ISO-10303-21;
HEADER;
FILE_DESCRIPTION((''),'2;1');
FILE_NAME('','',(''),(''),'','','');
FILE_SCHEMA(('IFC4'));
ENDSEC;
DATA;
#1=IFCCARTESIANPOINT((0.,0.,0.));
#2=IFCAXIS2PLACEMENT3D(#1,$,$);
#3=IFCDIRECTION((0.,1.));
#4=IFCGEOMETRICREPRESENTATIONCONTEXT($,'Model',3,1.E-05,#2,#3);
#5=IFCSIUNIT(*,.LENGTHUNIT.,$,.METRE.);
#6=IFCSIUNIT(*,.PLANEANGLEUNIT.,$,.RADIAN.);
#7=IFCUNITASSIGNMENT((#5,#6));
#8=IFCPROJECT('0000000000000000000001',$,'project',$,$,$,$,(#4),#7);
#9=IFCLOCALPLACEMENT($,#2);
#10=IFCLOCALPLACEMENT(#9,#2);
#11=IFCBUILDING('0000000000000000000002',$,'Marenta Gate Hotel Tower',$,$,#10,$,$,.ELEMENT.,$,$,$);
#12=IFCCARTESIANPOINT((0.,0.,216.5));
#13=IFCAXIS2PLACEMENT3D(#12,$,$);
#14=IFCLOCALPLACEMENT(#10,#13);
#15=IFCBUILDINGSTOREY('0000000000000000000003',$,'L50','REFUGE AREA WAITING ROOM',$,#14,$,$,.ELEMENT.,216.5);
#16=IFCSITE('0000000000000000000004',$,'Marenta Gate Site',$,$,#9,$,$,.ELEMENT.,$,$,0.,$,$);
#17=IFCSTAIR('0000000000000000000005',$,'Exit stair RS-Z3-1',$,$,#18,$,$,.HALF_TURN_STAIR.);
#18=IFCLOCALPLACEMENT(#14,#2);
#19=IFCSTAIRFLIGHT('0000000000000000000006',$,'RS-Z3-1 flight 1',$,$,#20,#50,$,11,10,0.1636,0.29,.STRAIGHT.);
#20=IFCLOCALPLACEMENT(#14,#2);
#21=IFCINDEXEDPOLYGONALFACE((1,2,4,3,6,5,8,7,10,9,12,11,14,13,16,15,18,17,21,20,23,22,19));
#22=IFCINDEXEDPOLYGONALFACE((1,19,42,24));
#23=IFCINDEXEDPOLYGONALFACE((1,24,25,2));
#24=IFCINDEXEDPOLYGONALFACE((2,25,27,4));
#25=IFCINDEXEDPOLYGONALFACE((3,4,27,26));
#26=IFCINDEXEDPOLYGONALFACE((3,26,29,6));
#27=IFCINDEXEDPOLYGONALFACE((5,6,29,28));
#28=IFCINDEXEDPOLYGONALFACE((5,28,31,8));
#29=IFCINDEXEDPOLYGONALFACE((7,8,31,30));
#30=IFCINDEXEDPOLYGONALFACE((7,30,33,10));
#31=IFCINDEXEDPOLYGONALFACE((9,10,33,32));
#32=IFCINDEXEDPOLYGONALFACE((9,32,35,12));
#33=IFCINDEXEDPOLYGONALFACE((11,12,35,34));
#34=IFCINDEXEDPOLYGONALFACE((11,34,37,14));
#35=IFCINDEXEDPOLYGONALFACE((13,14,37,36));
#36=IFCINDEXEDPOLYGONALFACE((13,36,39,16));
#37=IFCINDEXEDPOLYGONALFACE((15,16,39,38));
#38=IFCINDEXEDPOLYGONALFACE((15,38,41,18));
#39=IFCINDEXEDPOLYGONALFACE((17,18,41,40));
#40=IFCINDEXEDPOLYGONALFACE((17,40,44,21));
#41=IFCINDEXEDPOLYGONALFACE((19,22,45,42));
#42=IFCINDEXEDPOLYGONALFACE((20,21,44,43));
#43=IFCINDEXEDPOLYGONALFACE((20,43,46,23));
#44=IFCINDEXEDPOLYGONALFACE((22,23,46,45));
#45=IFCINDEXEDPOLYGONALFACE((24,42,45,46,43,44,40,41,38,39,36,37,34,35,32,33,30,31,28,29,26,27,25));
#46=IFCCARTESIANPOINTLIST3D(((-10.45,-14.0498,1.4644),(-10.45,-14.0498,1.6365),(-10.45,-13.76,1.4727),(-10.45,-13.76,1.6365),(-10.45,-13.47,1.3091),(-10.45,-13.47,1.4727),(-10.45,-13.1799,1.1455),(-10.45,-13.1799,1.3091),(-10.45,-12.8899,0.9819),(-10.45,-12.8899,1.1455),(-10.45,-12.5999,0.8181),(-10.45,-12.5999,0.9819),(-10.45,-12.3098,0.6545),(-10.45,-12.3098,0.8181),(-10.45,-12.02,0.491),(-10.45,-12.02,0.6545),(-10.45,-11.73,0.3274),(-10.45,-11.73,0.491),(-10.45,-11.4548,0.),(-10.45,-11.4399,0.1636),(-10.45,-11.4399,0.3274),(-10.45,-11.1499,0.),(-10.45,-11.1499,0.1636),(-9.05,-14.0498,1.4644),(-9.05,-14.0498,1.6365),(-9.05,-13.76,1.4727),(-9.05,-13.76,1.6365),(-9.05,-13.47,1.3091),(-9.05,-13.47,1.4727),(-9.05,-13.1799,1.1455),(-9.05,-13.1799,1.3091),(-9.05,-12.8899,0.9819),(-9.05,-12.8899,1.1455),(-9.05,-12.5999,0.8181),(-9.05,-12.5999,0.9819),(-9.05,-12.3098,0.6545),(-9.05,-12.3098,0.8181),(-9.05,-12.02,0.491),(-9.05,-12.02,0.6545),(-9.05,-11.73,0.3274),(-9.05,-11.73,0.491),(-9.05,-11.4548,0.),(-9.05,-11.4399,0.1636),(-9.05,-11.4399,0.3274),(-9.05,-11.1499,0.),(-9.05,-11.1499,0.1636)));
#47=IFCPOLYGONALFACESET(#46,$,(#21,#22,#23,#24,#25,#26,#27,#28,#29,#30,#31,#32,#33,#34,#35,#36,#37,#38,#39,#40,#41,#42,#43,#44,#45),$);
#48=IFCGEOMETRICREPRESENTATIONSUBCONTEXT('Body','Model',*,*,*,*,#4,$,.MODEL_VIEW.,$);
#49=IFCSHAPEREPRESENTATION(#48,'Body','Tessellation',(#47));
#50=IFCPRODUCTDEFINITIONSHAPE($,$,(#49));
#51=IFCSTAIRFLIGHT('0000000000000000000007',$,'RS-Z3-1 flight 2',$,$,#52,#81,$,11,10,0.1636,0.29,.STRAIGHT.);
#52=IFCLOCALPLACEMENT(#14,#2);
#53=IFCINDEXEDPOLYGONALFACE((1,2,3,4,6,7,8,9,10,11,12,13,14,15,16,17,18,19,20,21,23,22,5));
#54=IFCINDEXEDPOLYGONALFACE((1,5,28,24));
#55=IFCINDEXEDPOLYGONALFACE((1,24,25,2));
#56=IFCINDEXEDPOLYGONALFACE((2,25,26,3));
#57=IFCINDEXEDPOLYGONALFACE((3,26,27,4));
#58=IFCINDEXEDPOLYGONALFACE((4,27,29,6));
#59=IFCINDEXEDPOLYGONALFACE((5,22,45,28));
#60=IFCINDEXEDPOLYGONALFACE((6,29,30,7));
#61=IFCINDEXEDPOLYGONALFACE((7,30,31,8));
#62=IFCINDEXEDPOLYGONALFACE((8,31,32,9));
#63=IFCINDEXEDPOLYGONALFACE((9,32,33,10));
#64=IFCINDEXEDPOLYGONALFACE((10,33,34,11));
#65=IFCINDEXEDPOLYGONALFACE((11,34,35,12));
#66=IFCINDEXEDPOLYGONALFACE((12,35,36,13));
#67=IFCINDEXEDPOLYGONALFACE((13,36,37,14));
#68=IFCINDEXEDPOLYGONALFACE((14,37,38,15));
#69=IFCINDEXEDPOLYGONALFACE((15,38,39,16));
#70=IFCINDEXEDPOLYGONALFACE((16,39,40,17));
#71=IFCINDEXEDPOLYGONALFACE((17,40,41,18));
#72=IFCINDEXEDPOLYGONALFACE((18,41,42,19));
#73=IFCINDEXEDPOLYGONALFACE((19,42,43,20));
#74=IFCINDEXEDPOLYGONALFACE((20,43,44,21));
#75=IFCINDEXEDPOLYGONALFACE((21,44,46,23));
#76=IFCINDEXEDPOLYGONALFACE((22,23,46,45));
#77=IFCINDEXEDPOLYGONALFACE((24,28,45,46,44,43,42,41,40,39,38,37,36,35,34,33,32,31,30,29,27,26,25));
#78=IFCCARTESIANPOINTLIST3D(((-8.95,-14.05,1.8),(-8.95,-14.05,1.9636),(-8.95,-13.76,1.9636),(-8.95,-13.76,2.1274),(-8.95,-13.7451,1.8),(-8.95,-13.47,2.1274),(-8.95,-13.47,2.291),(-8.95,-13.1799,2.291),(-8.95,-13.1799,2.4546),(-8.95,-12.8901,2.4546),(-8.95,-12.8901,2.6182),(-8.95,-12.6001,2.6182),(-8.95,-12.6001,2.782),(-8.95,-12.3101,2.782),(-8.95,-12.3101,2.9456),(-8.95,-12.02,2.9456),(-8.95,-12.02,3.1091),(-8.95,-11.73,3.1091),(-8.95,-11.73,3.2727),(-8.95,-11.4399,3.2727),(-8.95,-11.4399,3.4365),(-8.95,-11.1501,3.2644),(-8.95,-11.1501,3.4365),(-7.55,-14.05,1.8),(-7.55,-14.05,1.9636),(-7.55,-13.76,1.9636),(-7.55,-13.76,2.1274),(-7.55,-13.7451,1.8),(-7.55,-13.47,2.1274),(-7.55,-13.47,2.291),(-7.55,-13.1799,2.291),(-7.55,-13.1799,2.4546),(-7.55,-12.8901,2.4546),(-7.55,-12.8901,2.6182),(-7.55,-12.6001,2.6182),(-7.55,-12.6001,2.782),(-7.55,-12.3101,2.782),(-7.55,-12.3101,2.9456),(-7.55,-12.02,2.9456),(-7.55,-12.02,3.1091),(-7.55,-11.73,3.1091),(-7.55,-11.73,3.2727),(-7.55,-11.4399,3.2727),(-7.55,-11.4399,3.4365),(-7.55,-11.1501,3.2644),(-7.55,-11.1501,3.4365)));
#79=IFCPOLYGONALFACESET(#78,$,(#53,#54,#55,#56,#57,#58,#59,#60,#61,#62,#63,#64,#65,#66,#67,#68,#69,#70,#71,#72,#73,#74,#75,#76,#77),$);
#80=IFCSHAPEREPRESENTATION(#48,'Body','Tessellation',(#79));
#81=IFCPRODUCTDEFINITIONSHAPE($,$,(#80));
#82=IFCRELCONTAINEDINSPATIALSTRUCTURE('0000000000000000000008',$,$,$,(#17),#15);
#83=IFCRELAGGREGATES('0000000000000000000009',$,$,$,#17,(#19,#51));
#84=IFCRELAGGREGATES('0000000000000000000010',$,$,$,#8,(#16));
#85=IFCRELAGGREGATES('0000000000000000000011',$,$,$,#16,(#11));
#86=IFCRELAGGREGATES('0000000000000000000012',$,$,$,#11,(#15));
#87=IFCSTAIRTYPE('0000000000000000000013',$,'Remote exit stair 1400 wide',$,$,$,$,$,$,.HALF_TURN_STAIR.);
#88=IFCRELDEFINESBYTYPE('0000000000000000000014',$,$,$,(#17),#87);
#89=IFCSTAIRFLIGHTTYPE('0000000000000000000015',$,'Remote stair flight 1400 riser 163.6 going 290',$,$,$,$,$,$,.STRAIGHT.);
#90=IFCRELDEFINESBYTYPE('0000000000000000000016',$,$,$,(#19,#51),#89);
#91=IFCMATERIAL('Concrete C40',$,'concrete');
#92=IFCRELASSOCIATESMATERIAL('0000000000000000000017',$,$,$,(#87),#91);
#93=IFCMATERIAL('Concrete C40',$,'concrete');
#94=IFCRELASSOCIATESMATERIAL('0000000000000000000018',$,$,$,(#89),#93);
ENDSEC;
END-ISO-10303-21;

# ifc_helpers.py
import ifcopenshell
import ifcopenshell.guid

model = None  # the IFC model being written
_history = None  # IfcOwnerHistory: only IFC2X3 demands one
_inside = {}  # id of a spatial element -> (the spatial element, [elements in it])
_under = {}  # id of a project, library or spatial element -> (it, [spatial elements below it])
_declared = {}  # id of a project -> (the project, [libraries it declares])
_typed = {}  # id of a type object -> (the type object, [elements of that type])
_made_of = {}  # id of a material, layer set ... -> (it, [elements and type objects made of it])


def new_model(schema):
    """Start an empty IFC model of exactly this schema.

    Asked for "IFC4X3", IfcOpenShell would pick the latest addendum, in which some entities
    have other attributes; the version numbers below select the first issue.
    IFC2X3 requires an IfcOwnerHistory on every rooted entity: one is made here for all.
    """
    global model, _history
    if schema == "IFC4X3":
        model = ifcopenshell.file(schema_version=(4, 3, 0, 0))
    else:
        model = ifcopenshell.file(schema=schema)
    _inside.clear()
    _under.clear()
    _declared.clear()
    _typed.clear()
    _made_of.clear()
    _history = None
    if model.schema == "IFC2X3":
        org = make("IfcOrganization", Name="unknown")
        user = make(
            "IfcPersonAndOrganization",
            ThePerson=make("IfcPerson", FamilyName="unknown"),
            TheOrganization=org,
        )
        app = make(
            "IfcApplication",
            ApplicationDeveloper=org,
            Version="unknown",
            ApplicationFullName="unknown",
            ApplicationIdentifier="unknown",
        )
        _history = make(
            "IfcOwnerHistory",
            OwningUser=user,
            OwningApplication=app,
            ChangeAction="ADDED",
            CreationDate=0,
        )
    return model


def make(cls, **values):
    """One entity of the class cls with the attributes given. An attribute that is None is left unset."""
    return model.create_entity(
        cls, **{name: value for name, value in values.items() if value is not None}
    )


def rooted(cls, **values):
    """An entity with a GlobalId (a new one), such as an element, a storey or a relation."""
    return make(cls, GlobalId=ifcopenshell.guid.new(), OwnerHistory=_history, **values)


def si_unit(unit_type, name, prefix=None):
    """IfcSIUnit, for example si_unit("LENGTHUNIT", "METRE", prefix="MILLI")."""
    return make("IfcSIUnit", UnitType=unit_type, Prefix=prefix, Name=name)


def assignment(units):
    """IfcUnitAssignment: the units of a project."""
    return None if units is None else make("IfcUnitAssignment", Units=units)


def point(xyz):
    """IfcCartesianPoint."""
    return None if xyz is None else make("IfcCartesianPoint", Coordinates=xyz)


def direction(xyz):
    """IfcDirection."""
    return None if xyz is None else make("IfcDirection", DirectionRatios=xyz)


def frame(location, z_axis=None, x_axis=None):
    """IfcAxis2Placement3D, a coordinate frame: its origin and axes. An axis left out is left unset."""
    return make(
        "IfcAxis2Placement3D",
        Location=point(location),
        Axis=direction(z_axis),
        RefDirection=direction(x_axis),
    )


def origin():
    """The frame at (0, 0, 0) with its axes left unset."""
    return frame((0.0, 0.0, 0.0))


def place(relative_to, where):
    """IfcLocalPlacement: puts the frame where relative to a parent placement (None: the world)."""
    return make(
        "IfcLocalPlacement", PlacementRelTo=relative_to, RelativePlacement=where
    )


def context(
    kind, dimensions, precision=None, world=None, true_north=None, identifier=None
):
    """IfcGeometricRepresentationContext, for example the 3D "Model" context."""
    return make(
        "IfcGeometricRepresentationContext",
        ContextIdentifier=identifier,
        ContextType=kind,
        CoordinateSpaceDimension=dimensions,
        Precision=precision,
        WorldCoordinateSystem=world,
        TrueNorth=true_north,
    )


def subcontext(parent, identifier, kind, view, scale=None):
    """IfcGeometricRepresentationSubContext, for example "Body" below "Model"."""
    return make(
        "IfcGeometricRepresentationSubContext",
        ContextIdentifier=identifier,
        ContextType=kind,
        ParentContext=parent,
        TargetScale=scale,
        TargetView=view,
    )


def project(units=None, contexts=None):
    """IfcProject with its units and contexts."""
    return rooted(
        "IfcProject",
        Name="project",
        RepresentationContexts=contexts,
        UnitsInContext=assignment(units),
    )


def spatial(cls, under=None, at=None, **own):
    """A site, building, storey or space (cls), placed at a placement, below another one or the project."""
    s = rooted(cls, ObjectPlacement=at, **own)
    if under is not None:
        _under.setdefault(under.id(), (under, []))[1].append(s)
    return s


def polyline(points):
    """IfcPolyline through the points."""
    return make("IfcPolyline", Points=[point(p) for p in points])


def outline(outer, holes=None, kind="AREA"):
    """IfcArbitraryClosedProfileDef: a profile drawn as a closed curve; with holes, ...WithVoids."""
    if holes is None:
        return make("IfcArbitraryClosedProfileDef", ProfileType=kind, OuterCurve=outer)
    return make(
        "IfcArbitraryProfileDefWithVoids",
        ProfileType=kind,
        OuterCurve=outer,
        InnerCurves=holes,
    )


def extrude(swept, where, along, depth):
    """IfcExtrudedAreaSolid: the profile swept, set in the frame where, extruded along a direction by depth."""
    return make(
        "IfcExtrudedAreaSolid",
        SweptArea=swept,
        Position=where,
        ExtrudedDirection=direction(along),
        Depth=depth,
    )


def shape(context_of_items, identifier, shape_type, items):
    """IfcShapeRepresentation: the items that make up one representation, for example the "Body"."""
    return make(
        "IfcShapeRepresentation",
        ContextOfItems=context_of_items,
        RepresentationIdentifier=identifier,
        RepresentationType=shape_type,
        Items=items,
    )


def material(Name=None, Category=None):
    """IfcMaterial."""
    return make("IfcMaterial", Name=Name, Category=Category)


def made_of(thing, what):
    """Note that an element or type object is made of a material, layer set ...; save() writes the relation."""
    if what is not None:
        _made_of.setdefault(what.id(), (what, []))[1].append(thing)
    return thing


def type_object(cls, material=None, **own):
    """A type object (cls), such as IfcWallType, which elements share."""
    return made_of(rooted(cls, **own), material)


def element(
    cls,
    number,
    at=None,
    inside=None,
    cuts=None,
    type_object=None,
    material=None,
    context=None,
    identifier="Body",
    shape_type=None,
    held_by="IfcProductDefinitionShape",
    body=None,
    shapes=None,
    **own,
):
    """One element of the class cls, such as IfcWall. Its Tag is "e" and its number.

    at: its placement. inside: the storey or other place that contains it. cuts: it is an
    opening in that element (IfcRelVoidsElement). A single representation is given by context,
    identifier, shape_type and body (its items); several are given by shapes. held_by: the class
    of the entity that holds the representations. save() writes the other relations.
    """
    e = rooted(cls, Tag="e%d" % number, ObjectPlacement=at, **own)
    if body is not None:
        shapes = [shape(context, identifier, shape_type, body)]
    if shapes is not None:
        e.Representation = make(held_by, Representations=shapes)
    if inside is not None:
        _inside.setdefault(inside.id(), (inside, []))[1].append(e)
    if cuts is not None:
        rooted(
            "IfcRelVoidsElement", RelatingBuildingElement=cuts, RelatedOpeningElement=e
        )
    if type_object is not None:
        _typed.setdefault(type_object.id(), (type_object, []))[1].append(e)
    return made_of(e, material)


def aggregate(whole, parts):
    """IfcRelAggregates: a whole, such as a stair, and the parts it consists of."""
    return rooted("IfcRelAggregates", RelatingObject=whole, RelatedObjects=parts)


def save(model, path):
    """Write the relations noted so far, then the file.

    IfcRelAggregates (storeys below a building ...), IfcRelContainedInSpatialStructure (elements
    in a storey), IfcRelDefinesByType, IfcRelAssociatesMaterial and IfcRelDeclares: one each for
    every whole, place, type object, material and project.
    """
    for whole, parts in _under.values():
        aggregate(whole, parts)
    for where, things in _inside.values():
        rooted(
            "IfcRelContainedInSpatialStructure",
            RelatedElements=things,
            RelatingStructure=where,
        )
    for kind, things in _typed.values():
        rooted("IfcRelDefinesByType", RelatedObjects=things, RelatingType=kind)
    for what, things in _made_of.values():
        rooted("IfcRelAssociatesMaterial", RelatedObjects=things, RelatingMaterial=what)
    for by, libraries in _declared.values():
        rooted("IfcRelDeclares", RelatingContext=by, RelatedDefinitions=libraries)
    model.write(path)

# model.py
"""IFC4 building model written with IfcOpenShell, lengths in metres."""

from ifc_helpers import new_model, si_unit, direction, frame, origin, place, context, subcontext, project, spatial, polyline, outline, extrude, material, type_object, element, aggregate, save


model = new_model("IFC4")

# Units and contexts
model_context = context("Model", 3, precision=1e-05, world=origin(), true_north=direction((0.0, 1.0)))
body_context = subcontext(model_context, "Body", "Model", "MODEL_VIEW")
ifc_project = project(units=[si_unit("LENGTHUNIT", "METRE"), si_unit("PLANEANGLEUNIT", "RADIAN")], contexts=[model_context])

# Site, building, storey
site_placement = place(None, origin())
site = spatial("IfcSite", under=ifc_project, at=site_placement, Name="Marenta Gate Site", CompositionType="ELEMENT", RefElevation=0.0)
building_placement = place(site_placement, origin())
building = spatial("IfcBuilding", under=site, at=building_placement, Name="Marenta Gate Hotel Tower", CompositionType="ELEMENT")
storey_placement = place(building_placement, frame((0.0, 0.0, 216.5)))
storey = spatial("IfcBuildingStorey", under=building, at=storey_placement, Name="L50", Description="REFUGE AREA WAITING ROOM", CompositionType="ELEMENT", Elevation=216.5)

# Stair, stair flights
ifc_material_1 = material(Name="Concrete C40", Category="concrete")
stair_type = type_object("IfcStairType", Name="Remote exit stair 1400 wide", PredefinedType="HALF_TURN_STAIR", material=ifc_material_1)
stair_placement = place(storey_placement, origin())
stair = element("IfcStair", 1, at=stair_placement, inside=storey, type_object=stair_type, Name="Exit stair RS-Z3-1", PredefinedType="HALF_TURN_STAIR")
ifc_material_2 = material(Name="Concrete C40", Category="concrete")
stair_flight_type = type_object("IfcStairFlightType", Name="Remote stair flight 1400 riser 163.6 going 290", PredefinedType="STRAIGHT", material=ifc_material_2)
stair_flight_1_placement = place(storey_placement, frame((-9.75, -11.1499, 0.0), z_axis=(0.0, 0.0, 1.0), x_axis=(0.0, -1.0, 0.0)))
stair_flight_1 = element("IfcStairFlight", 2, at=stair_flight_1_placement, type_object=stair_flight_type, Name="RS-Z3-1 flight 1", NumberOfRisers=11, NumberOfTreads=10, PredefinedType="STRAIGHT", RiserHeight=0.1636, TreadLength=0.29, context=body_context, shape_type="SweptSolid", body=[
    extrude(outline(polyline([(0.0, 0.0), (0.0, 0.1636), (0.29, 0.1636), (0.29, 0.3274), (0.5801, 0.3274), (0.5801, 0.491), (0.8701, 0.491), (0.8701, 0.6545), (1.1599, 0.6545), (1.1599, 0.8181), (1.45, 0.8181), (1.45, 0.9819), (1.74, 0.9819), (1.74, 1.1455), (2.03, 1.1455), (2.03, 1.3091), (2.3201, 1.3091), (2.3201, 1.4727), (2.6101, 1.4727), (2.6101, 1.6365), (2.8999, 1.6365), (2.8999, 1.8), (2.8999, 1.4644), (0.3049, 0.0), (0.0, 0.0)])), frame((0.0, 0.7, 0.0), z_axis=(0.0, -1.0, 0.0), x_axis=(1.0, 0.0, 0.0)), (0.0, 0.0, 1.0), 1.3999),
])
stair_flight_2_placement = place(storey_placement, frame((-8.25, -14.05, 1.8), z_axis=(0.0, 0.0, 1.0), x_axis=(0.0, 1.0, 0.0)))
stair_flight_2 = element("IfcStairFlight", 3, at=stair_flight_2_placement, type_object=stair_flight_type, Name="RS-Z3-1 flight 2", NumberOfRisers=11, NumberOfTreads=10, PredefinedType="STRAIGHT", RiserHeight=0.1636, TreadLength=0.29, context=body_context, shape_type="SweptSolid", body=[
    extrude(outline(polyline([(0.0, 0.0), (0.0, 0.1636), (0.29, 0.1636), (0.29, 0.3274), (0.5801, 0.3274), (0.5801, 0.491), (0.8701, 0.491), (0.8701, 0.6545), (1.1599, 0.6545), (1.1599, 0.8181), (1.45, 0.8181), (1.45, 0.9819), (1.74, 0.9819), (1.74, 1.1455), (2.03, 1.1455), (2.03, 1.3091), (2.3201, 1.3091), (2.3201, 1.4727), (2.6101, 1.4727), (2.6101, 1.6365), (2.8999, 1.6365), (2.8999, 1.8), (2.8999, 1.4644), (0.3049, 0.0), (0.0, 0.0)])), frame((0.0, 0.7, 0.0), z_axis=(0.0, -1.0, 0.0), x_axis=(1.0, 0.0, 0.0)), (0.0, 0.0, 1.0), 1.3999),
])
aggregate(stair, [stair_flight_1, stair_flight_2])

save(model, "model.ifc")
